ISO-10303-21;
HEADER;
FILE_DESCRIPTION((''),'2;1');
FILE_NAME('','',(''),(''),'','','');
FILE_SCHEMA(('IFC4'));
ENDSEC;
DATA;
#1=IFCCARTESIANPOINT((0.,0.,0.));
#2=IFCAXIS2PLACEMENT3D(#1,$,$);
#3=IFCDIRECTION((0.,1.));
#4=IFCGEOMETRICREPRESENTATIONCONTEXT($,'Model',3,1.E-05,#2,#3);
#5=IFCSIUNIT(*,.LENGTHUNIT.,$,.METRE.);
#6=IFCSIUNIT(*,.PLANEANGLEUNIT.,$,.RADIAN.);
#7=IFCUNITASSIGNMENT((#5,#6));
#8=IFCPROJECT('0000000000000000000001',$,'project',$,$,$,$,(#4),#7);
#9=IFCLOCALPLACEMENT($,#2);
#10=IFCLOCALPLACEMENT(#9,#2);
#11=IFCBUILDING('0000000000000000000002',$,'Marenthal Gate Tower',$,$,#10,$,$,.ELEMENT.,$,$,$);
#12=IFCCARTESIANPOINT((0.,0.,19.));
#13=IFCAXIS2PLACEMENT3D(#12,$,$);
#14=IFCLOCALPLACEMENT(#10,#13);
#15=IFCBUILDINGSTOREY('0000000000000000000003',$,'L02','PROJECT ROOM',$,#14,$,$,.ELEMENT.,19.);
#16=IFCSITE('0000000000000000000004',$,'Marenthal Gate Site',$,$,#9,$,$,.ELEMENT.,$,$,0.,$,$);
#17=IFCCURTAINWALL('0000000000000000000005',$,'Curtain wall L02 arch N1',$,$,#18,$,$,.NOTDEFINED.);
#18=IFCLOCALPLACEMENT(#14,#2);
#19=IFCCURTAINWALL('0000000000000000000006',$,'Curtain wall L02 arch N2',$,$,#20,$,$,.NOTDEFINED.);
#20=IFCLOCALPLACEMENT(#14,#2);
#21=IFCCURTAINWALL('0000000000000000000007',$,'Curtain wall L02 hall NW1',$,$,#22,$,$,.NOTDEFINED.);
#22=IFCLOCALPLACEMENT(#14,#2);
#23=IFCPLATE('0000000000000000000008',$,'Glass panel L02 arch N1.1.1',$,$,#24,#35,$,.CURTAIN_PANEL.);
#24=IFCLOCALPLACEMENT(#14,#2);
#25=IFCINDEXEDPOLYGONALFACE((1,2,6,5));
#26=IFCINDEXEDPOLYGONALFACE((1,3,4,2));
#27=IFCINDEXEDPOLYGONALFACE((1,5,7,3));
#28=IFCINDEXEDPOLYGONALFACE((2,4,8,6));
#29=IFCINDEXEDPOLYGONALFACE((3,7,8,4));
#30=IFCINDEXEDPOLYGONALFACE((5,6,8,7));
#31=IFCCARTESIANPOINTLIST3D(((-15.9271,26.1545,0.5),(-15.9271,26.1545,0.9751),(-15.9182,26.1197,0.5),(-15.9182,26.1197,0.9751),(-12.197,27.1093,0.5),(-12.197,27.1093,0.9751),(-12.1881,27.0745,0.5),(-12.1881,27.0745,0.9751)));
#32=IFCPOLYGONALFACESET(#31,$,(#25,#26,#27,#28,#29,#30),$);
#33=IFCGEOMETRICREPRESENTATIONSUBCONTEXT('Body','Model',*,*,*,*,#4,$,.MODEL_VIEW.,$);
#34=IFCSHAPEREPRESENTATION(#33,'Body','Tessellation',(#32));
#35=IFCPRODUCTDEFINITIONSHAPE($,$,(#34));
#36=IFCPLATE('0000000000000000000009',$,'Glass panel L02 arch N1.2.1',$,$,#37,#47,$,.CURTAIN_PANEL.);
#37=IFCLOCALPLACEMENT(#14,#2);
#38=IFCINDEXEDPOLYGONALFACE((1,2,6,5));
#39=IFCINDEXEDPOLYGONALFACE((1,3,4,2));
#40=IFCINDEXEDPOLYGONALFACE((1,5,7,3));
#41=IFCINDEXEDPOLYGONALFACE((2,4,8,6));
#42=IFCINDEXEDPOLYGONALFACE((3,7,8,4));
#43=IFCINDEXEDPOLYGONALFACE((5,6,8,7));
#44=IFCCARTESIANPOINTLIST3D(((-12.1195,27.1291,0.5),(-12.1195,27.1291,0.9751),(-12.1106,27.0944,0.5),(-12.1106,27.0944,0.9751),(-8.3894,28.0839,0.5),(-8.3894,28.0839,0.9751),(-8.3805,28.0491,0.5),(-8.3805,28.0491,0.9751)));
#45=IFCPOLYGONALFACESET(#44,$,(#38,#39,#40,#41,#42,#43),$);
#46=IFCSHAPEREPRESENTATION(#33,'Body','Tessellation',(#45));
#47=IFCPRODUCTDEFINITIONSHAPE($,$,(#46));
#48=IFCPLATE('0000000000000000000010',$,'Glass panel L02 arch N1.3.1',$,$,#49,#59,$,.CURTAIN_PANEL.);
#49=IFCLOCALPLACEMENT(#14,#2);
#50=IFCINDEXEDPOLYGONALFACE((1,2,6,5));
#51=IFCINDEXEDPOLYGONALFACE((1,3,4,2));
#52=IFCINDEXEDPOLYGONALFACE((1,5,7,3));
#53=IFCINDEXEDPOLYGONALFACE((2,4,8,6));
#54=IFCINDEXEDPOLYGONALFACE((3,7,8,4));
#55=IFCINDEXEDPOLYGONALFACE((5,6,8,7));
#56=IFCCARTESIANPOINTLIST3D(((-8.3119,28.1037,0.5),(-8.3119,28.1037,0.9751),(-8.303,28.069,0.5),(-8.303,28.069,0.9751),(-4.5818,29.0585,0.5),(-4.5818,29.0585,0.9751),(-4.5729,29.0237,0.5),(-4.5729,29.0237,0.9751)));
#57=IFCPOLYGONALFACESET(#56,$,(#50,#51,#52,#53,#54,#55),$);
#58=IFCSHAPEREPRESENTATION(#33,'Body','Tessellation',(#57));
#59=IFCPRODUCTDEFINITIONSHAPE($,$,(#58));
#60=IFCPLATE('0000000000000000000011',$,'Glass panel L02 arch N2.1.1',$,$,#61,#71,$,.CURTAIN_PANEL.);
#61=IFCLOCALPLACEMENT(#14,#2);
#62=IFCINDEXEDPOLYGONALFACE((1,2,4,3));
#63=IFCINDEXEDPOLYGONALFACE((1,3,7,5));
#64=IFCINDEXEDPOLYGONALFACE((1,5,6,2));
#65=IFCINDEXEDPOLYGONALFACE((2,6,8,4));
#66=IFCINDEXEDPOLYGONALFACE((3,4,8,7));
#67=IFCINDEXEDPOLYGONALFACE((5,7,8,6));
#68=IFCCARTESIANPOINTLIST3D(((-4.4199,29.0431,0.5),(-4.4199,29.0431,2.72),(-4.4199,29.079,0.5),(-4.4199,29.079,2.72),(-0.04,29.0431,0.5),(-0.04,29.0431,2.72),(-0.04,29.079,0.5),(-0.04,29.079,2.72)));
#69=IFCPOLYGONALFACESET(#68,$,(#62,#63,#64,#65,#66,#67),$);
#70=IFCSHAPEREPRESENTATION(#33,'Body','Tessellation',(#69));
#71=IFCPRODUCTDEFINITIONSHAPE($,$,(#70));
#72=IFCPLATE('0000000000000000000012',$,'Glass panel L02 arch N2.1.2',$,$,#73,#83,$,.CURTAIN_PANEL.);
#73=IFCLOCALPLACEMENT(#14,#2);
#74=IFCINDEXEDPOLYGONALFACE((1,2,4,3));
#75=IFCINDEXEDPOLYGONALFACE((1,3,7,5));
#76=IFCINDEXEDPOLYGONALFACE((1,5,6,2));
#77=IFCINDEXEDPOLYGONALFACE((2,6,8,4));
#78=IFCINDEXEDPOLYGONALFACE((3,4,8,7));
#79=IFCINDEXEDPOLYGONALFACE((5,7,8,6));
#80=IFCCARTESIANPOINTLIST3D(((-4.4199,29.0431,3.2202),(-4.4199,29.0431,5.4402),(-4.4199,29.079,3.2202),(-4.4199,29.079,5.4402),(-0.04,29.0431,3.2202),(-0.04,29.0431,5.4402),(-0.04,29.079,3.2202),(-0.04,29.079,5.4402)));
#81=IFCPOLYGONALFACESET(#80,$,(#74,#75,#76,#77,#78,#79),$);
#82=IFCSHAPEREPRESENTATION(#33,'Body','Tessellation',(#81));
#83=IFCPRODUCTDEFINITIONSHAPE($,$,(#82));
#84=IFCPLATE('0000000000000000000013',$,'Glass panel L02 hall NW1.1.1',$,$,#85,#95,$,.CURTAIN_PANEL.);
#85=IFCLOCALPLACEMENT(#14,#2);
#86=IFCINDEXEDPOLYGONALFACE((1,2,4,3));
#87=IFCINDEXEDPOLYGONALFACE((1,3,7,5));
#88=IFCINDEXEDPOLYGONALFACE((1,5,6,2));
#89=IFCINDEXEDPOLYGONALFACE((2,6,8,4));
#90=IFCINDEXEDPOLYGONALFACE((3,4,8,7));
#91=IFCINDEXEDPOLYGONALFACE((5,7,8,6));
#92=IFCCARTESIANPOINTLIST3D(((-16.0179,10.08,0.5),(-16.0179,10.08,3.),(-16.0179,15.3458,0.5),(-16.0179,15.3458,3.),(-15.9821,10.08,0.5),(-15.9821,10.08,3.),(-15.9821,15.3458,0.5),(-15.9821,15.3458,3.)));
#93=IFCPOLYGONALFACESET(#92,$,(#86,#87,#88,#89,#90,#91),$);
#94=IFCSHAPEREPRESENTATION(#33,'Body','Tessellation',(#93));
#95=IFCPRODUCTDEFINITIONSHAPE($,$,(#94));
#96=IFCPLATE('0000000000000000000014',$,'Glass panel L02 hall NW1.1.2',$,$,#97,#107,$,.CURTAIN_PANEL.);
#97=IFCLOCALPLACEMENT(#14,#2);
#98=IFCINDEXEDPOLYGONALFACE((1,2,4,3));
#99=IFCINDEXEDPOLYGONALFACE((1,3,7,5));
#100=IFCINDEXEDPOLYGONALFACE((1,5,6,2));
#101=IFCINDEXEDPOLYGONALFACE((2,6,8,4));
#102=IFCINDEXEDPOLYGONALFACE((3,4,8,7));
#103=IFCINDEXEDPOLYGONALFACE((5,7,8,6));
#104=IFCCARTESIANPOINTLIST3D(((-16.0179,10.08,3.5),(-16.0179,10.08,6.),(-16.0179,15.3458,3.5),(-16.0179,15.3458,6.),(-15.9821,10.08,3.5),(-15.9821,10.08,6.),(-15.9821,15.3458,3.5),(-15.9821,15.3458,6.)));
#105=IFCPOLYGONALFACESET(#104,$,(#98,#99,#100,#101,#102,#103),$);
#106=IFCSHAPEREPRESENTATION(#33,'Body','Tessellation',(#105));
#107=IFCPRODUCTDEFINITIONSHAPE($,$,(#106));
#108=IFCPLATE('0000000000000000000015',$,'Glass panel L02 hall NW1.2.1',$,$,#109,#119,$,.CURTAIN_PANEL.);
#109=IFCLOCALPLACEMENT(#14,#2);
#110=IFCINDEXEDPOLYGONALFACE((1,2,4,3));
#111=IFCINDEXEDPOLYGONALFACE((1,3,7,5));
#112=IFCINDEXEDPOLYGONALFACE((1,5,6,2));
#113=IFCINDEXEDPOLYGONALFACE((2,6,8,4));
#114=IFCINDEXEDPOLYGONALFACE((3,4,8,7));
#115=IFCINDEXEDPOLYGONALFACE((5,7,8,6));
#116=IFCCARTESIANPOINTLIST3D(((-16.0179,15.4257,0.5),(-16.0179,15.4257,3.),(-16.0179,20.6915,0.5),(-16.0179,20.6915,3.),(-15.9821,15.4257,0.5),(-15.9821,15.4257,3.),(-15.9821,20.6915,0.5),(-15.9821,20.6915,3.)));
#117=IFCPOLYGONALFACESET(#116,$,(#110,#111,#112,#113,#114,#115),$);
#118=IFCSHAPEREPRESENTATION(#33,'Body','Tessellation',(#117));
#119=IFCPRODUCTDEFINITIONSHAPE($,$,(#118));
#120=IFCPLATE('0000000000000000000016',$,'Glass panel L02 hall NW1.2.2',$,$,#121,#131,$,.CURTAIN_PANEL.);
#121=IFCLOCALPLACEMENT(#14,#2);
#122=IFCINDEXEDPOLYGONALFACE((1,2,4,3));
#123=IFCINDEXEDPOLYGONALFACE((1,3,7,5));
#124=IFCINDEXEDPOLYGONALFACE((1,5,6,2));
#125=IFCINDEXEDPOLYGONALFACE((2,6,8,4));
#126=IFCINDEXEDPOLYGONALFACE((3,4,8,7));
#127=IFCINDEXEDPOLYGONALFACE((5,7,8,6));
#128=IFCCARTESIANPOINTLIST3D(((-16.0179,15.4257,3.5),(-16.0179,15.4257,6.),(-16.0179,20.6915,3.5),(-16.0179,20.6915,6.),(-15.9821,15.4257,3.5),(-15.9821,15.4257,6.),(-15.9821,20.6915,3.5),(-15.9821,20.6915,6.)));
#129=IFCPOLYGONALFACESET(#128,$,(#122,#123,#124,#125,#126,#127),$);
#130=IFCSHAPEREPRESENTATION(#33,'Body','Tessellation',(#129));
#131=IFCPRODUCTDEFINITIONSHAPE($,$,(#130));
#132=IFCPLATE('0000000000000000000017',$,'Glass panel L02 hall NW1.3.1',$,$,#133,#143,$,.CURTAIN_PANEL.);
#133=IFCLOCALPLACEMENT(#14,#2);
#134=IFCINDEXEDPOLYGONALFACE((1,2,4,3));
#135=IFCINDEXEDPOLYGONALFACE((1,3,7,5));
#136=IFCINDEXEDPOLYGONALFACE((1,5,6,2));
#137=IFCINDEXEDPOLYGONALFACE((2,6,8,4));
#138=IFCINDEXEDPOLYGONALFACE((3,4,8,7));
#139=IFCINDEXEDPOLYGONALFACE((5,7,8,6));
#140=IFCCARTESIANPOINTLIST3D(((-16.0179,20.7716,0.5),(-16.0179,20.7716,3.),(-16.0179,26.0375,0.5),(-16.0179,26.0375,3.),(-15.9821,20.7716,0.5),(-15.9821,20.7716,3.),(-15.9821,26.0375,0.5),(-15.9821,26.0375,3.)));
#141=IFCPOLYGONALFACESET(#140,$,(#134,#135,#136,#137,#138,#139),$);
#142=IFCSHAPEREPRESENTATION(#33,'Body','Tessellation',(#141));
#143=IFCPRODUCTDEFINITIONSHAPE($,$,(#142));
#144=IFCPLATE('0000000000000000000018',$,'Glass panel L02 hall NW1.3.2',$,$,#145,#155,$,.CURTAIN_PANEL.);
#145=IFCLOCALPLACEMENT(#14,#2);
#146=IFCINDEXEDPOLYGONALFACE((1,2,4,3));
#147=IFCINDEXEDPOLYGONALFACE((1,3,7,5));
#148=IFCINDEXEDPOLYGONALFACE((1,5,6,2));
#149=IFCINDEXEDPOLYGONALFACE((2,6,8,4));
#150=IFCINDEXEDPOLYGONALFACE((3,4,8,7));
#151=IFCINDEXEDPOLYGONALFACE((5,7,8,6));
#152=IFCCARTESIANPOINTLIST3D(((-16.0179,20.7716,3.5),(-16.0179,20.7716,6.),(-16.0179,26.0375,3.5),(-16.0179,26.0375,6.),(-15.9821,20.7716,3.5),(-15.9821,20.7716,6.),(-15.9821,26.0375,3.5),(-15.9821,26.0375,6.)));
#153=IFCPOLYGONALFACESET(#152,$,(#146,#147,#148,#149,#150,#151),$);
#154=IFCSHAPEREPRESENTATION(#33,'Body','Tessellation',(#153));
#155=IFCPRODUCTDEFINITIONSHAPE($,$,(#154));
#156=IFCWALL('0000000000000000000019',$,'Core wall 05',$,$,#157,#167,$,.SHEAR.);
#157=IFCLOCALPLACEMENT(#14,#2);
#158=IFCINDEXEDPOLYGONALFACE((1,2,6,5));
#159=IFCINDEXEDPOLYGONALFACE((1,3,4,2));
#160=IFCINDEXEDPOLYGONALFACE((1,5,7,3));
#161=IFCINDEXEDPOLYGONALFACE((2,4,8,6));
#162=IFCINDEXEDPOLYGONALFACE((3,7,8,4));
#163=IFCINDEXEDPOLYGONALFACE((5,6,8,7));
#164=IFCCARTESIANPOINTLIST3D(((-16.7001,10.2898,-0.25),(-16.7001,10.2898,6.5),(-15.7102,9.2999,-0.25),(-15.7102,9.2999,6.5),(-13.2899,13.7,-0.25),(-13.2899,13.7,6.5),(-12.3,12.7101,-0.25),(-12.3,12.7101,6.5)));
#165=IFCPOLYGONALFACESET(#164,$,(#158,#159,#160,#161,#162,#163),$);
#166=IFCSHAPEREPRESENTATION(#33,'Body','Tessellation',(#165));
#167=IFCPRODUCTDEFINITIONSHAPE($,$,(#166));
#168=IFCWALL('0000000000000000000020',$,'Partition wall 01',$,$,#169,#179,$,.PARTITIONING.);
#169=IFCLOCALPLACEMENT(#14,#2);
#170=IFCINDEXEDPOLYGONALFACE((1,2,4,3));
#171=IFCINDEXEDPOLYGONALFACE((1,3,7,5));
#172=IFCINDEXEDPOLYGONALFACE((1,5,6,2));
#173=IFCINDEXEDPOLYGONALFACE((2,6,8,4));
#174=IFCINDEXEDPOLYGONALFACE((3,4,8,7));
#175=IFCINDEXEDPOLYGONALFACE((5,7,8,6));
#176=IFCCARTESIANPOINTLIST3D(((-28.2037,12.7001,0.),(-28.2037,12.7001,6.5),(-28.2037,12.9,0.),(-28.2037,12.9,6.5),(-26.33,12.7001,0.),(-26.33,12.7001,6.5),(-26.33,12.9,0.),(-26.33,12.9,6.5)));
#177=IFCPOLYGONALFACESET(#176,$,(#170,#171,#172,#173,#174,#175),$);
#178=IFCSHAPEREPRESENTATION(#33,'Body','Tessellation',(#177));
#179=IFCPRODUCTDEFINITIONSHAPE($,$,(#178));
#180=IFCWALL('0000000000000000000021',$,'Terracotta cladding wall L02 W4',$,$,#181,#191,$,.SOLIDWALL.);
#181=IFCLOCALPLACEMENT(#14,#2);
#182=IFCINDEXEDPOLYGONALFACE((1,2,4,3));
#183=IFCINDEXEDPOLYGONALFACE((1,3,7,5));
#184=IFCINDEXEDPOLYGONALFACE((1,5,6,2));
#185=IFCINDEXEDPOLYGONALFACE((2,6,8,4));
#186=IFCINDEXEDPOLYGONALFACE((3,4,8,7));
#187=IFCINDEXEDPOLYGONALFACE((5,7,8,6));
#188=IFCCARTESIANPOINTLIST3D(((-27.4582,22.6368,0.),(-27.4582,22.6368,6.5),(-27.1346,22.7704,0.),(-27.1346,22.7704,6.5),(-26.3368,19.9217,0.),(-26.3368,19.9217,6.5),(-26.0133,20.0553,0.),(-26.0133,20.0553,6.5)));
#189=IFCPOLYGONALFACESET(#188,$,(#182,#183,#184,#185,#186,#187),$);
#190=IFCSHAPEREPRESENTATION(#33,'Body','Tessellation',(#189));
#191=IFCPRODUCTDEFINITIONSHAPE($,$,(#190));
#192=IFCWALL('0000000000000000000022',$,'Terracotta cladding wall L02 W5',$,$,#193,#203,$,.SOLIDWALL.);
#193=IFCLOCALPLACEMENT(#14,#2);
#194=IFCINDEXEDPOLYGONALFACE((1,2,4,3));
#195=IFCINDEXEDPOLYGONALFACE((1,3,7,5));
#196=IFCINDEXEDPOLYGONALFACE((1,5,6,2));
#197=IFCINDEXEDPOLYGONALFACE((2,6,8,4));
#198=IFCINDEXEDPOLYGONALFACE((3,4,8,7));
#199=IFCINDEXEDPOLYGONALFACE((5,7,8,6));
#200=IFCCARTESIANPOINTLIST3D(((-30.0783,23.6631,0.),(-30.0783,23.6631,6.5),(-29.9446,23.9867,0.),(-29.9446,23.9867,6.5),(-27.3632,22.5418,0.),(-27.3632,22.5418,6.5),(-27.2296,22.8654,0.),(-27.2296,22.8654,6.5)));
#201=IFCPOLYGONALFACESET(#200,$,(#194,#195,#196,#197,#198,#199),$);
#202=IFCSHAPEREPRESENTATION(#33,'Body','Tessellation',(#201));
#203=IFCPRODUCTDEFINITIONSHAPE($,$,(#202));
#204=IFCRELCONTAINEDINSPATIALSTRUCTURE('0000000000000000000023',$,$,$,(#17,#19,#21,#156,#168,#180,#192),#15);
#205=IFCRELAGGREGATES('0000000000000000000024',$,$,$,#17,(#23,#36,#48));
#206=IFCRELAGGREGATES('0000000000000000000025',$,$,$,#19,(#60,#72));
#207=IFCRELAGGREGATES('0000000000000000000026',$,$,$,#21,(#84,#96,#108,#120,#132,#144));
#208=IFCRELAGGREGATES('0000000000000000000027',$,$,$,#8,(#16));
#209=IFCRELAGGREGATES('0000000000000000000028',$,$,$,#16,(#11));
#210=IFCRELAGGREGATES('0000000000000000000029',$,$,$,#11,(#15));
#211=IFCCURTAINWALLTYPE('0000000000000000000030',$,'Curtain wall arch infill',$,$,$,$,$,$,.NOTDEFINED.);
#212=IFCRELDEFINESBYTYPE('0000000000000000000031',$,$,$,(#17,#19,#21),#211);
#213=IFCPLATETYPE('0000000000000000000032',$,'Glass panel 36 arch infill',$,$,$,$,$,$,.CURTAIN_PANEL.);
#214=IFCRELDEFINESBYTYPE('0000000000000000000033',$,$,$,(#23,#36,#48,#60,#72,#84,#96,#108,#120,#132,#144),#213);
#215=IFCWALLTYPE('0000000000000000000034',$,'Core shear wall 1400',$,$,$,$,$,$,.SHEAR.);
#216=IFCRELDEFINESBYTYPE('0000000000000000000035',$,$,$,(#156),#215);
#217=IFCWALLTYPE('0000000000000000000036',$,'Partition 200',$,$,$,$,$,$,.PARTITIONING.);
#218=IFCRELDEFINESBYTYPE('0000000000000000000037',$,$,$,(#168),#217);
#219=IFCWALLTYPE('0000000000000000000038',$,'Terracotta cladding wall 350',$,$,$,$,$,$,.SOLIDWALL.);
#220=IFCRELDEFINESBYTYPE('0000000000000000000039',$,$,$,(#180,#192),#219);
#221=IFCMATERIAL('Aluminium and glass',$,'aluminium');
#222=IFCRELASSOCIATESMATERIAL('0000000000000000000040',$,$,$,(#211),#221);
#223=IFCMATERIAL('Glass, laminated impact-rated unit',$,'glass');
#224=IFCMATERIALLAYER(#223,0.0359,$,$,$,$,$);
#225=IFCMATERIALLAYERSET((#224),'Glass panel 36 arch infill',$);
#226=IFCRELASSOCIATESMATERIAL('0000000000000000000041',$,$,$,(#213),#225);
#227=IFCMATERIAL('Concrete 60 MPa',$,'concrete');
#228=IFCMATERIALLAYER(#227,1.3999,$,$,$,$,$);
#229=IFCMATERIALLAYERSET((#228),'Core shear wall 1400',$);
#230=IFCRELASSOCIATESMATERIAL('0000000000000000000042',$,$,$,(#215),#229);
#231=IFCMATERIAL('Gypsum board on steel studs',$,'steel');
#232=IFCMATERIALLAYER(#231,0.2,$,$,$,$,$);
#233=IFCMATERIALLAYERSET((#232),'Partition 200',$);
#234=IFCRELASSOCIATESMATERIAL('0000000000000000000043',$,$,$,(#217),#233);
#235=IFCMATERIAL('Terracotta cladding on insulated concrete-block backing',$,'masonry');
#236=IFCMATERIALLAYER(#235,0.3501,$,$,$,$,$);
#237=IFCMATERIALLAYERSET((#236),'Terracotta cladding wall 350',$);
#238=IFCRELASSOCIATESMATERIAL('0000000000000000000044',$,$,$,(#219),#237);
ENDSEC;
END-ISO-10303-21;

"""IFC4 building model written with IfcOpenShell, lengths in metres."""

from ifc_helpers import new_model, si_unit, direction, frame, frame_2d, origin, origin_2d, place, context, subcontext, project, spatial, rectangle, extrude, material, layer, layer_set, type_object, element, aggregate, save


model = new_model("IFC4")

# Units and contexts
model_context = context("Model", 3, precision=1e-05, world=origin(), true_north=direction((0.0, 1.0)))
body_context = subcontext(model_context, "Body", "Model", "MODEL_VIEW")
ifc_project = project(units=[si_unit("LENGTHUNIT", "METRE"), si_unit("PLANEANGLEUNIT", "RADIAN")], contexts=[model_context])

# Site, building, storey
site_placement = place(None, origin())
site = spatial("IfcSite", under=ifc_project, at=site_placement, Name="Marenthal Gate Site", CompositionType="ELEMENT", RefElevation=0.0)
building_placement = place(site_placement, origin())
building = spatial("IfcBuilding", under=site, at=building_placement, Name="Marenthal Gate Tower", CompositionType="ELEMENT")
storey_placement = place(building_placement, frame((0.0, 0.0, 19.0)))
storey = spatial("IfcBuildingStorey", under=building, at=storey_placement, Name="L02", Description="PROJECT ROOM", CompositionType="ELEMENT", Elevation=19.0)

# Curtain wall
ifc_material_1 = material(Name="Aluminium and glass", Category="aluminium")
curtain_wall_type = type_object("IfcCurtainWallType", Name="Curtain wall arch infill", PredefinedType="NOTDEFINED", material=ifc_material_1)
curtain_wall_1_placement = place(storey_placement, origin())
curtain_wall_1 = element("IfcCurtainWall", 1, at=curtain_wall_1_placement, inside=storey, type_object=curtain_wall_type, Name="Curtain wall L02 arch N1", PredefinedType="NOTDEFINED")

# Curtain wall
curtain_wall_2_placement = place(storey_placement, origin())
curtain_wall_2 = element("IfcCurtainWall", 2, at=curtain_wall_2_placement, inside=storey, type_object=curtain_wall_type, Name="Curtain wall L02 arch N2", PredefinedType="NOTDEFINED")

# Curtain wall
curtain_wall_3_placement = place(storey_placement, origin())
curtain_wall_3 = element("IfcCurtainWall", 3, at=curtain_wall_3_placement, inside=storey, type_object=curtain_wall_type, Name="Curtain wall L02 hall NW1", PredefinedType="NOTDEFINED")

# Plates
ifc_material_2 = material(Name="Glass, laminated impact-rated unit", Category="glass")
ifc_layer_1 = layer(ifc_material_2, 0.0359)
ifc_layer_set_1 = layer_set([ifc_layer_1], Name="Glass panel 36 arch infill")
plate_type = type_object("IfcPlateType", Name="Glass panel 36 arch infill", PredefinedType="CURTAIN_PANEL", material=ifc_layer_set_1)
plate_1_placement = place(storey_placement, frame((-14.0576, 26.6145, 0.5), z_axis=(0.0, 0.0, 1.0), x_axis=(0.968769, 0.247965, 0.0)))
plate_1 = element("IfcPlate", 4, at=plate_1_placement, type_object=plate_type, Name="Glass panel L02 arch N1.1.1", PredefinedType="CURTAIN_PANEL", context=body_context, shape_type="SweptSolid", body=[
    extrude(rectangle(XDim=3.8503, YDim=0.0359, at=origin_2d()), origin(), (0.0, 0.0, 1.0), 0.4751),
])
plate_2_placement = place(storey_placement, frame((-10.25, 27.5891, 0.5), z_axis=(0.0, 0.0, 1.0), x_axis=(0.968769, 0.247965, 0.0)))
plate_2 = element("IfcPlate", 5, at=plate_2_placement, type_object=plate_type, Name="Glass panel L02 arch N1.2.1", PredefinedType="CURTAIN_PANEL", context=body_context, shape_type="SweptSolid", body=[
    extrude(rectangle(XDim=3.8503, YDim=0.0359, at=origin_2d()), origin(), (0.0, 0.0, 1.0), 0.4751),
])
plate_3_placement = place(storey_placement, frame((-6.4424, 28.5637, 0.5), z_axis=(0.0, 0.0, 1.0), x_axis=(0.968769, 0.247965, 0.0)))
plate_3 = element("IfcPlate", 6, at=plate_3_placement, type_object=plate_type, Name="Glass panel L02 arch N1.3.1", PredefinedType="CURTAIN_PANEL", context=body_context, shape_type="SweptSolid", body=[
    extrude(rectangle(XDim=3.8503, YDim=0.0359, at=origin_2d()), origin(), (0.0, 0.0, 1.0), 0.4751),
])
aggregate(curtain_wall_1, [plate_1, plate_2, plate_3])
plate_4_placement = place(storey_placement, frame((-2.23, 29.061, 0.5), z_axis=(0.0, 0.0, 1.0), x_axis=(1.0, 0.0, 0.0)))
plate_4 = element("IfcPlate", 7, at=plate_4_placement, type_object=plate_type, Name="Glass panel L02 arch N2.1.1", PredefinedType="CURTAIN_PANEL", context=body_context, shape_type="SweptSolid", body=[
    extrude(rectangle(XDim=4.3799, YDim=0.0359, at=origin_2d()), origin(), (0.0, 0.0, 1.0), 2.22),
])
plate_5_placement = place(storey_placement, frame((-2.23, 29.061, 3.2202), z_axis=(0.0, 0.0, 1.0), x_axis=(1.0, 0.0, 0.0)))
plate_5 = element("IfcPlate", 8, at=plate_5_placement, type_object=plate_type, Name="Glass panel L02 arch N2.1.2", PredefinedType="CURTAIN_PANEL", context=body_context, shape_type="SweptSolid", body=[
    extrude(rectangle(XDim=4.3799, YDim=0.0359, at=origin_2d()), origin(), (0.0, 0.0, 1.0), 2.22),
])
aggregate(curtain_wall_2, [plate_4, plate_5])
plate_6_placement = place(storey_placement, frame((-16.0, 12.7129, 0.5), z_axis=(0.0, 0.0, 1.0), x_axis=(0.0, 1.0, 0.0)))
plate_6 = element("IfcPlate", 9, at=plate_6_placement, type_object=plate_type, Name="Glass panel L02 hall NW1.1.1", PredefinedType="CURTAIN_PANEL", context=body_context, shape_type="SweptSolid", body=[
    extrude(rectangle(XDim=5.2659, YDim=0.0359, at=origin_2d()), origin(), (0.0, 0.0, 1.0), 2.5),
])
plate_7_placement = place(storey_placement, frame((-16.0, 12.7129, 3.5), z_axis=(0.0, 0.0, 1.0), x_axis=(0.0, 1.0, 0.0)))
plate_7 = element("IfcPlate", 10, at=plate_7_placement, type_object=plate_type, Name="Glass panel L02 hall NW1.1.2", PredefinedType="CURTAIN_PANEL", context=body_context, shape_type="SweptSolid", body=[
    extrude(rectangle(XDim=5.2659, YDim=0.0359, at=origin_2d()), origin(), (0.0, 0.0, 1.0), 2.5),
])
plate_8_placement = place(storey_placement, frame((-16.0, 18.0586, 0.5), z_axis=(0.0, 0.0, 1.0), x_axis=(0.0, 1.0, 0.0)))
plate_8 = element("IfcPlate", 11, at=plate_8_placement, type_object=plate_type, Name="Glass panel L02 hall NW1.2.1", PredefinedType="CURTAIN_PANEL", context=body_context, shape_type="SweptSolid", body=[
    extrude(rectangle(XDim=5.2659, YDim=0.0359, at=origin_2d()), origin(), (0.0, 0.0, 1.0), 2.5),
])
plate_9_placement = place(storey_placement, frame((-16.0, 18.0586, 3.5), z_axis=(0.0, 0.0, 1.0), x_axis=(0.0, 1.0, 0.0)))
plate_9 = element("IfcPlate", 12, at=plate_9_placement, type_object=plate_type, Name="Glass panel L02 hall NW1.2.2", PredefinedType="CURTAIN_PANEL", context=body_context, shape_type="SweptSolid", body=[
    extrude(rectangle(XDim=5.2659, YDim=0.0359, at=origin_2d()), origin(), (0.0, 0.0, 1.0), 2.5),
])
plate_10_placement = place(storey_placement, frame((-16.0, 23.4045, 0.5), z_axis=(0.0, 0.0, 1.0), x_axis=(0.0, 1.0, 0.0)))
plate_10 = element("IfcPlate", 13, at=plate_10_placement, type_object=plate_type, Name="Glass panel L02 hall NW1.3.1", PredefinedType="CURTAIN_PANEL", context=body_context, shape_type="SweptSolid", body=[
    extrude(rectangle(XDim=5.2659, YDim=0.0359, at=origin_2d()), origin(), (0.0, 0.0, 1.0), 2.5),
])
plate_11_placement = place(storey_placement, frame((-16.0, 23.4045, 3.5), z_axis=(0.0, 0.0, 1.0), x_axis=(0.0, 1.0, 0.0)))
plate_11 = element("IfcPlate", 14, at=plate_11_placement, type_object=plate_type, Name="Glass panel L02 hall NW1.3.2", PredefinedType="CURTAIN_PANEL", context=body_context, shape_type="SweptSolid", body=[
    extrude(rectangle(XDim=5.2659, YDim=0.0359, at=origin_2d()), origin(), (0.0, 0.0, 1.0), 2.5),
])
aggregate(curtain_wall_3, [plate_6, plate_7, plate_8, plate_9, plate_10, plate_11])

# Walls
ifc_material_3 = material(Name="Concrete 60 MPa", Category="concrete")
ifc_layer_2 = layer(ifc_material_3, 1.3999)
ifc_layer_set_2 = layer_set([ifc_layer_2], Name="Core shear wall 1400")
wall_type_1 = type_object("IfcWallType", Name="Core shear wall 1400", PredefinedType="SHEAR", material=ifc_layer_set_2)
wall_1_placement = place(storey_placement, frame((-12.7949, 13.2051, -0.25), z_axis=(0.0, 0.0, 1.0), x_axis=(-0.707107, -0.707107, 0.0)))
element("IfcWall", 15, at=wall_1_placement, inside=storey, type_object=wall_type_1, Name="Core wall 05", PredefinedType="SHEAR", context=body_context, shape_type="SweptSolid", body=[
    extrude(rectangle(XDim=4.8228, YDim=1.3999, at=frame_2d((2.4114, 0.0))), origin(), (0.0, 0.0, 1.0), 6.75),
])
ifc_material_4 = material(Name="Gypsum board on steel studs", Category="steel")
ifc_layer_3 = layer(ifc_material_4, 0.2)
ifc_layer_set_3 = layer_set([ifc_layer_3], Name="Partition 200")
wall_type_2 = type_object("IfcWallType", Name="Partition 200", PredefinedType="PARTITIONING", material=ifc_layer_set_3)
wall_2_placement = place(storey_placement, frame((-28.2039, 12.8, 0.0), z_axis=(0.0, 0.0, 1.0), x_axis=(1.0, 0.0, 0.0)))
element("IfcWall", 16, at=wall_2_placement, inside=storey, type_object=wall_type_2, Name="Partition wall 01", PredefinedType="PARTITIONING", context=body_context, shape_type="SweptSolid", body=[
    extrude(rectangle(XDim=1.8738, YDim=0.2, at=frame_2d((0.937, 0.0))), origin(), (0.0, 0.0, 1.0), 6.5),
])
ifc_material_5 = material(Name="Terracotta cladding on insulated concrete-block backing", Category="masonry")
ifc_layer_4 = layer(ifc_material_5, 0.3501)
ifc_layer_set_4 = layer_set([ifc_layer_4], Name="Terracotta cladding wall 350")
wall_type_3 = type_object("IfcWallType", Name="Terracotta cladding wall 350", PredefinedType="SOLIDWALL", material=ifc_layer_set_4)
for number, where, z_axis, x_axis, name in (
    (17, (-26.175, 19.9885, 0.0), (0.0, 0.0, 1.0), (-0.381728, 0.924275, 0.0), "Terracotta cladding wall L02 W4"),
    (18, (-27.2964, 22.7036, 0.0), (0.0, 0.0, 1.0), (-0.924275, 0.381728, 0.0), "Terracotta cladding wall L02 W5"),
):
    element("IfcWall", number, at=place(storey_placement, frame(where, z_axis=z_axis, x_axis=x_axis)), inside=storey, type_object=wall_type_3, Name=name, PredefinedType="SOLIDWALL", context=body_context, shape_type="SweptSolid", body=[
        extrude(rectangle(XDim=2.9375, YDim=0.3501, at=frame_2d((1.4688, 0.0))), origin(), (0.0, 0.0, 1.0), 6.5),
    ])

save(model, "model.ifc")
